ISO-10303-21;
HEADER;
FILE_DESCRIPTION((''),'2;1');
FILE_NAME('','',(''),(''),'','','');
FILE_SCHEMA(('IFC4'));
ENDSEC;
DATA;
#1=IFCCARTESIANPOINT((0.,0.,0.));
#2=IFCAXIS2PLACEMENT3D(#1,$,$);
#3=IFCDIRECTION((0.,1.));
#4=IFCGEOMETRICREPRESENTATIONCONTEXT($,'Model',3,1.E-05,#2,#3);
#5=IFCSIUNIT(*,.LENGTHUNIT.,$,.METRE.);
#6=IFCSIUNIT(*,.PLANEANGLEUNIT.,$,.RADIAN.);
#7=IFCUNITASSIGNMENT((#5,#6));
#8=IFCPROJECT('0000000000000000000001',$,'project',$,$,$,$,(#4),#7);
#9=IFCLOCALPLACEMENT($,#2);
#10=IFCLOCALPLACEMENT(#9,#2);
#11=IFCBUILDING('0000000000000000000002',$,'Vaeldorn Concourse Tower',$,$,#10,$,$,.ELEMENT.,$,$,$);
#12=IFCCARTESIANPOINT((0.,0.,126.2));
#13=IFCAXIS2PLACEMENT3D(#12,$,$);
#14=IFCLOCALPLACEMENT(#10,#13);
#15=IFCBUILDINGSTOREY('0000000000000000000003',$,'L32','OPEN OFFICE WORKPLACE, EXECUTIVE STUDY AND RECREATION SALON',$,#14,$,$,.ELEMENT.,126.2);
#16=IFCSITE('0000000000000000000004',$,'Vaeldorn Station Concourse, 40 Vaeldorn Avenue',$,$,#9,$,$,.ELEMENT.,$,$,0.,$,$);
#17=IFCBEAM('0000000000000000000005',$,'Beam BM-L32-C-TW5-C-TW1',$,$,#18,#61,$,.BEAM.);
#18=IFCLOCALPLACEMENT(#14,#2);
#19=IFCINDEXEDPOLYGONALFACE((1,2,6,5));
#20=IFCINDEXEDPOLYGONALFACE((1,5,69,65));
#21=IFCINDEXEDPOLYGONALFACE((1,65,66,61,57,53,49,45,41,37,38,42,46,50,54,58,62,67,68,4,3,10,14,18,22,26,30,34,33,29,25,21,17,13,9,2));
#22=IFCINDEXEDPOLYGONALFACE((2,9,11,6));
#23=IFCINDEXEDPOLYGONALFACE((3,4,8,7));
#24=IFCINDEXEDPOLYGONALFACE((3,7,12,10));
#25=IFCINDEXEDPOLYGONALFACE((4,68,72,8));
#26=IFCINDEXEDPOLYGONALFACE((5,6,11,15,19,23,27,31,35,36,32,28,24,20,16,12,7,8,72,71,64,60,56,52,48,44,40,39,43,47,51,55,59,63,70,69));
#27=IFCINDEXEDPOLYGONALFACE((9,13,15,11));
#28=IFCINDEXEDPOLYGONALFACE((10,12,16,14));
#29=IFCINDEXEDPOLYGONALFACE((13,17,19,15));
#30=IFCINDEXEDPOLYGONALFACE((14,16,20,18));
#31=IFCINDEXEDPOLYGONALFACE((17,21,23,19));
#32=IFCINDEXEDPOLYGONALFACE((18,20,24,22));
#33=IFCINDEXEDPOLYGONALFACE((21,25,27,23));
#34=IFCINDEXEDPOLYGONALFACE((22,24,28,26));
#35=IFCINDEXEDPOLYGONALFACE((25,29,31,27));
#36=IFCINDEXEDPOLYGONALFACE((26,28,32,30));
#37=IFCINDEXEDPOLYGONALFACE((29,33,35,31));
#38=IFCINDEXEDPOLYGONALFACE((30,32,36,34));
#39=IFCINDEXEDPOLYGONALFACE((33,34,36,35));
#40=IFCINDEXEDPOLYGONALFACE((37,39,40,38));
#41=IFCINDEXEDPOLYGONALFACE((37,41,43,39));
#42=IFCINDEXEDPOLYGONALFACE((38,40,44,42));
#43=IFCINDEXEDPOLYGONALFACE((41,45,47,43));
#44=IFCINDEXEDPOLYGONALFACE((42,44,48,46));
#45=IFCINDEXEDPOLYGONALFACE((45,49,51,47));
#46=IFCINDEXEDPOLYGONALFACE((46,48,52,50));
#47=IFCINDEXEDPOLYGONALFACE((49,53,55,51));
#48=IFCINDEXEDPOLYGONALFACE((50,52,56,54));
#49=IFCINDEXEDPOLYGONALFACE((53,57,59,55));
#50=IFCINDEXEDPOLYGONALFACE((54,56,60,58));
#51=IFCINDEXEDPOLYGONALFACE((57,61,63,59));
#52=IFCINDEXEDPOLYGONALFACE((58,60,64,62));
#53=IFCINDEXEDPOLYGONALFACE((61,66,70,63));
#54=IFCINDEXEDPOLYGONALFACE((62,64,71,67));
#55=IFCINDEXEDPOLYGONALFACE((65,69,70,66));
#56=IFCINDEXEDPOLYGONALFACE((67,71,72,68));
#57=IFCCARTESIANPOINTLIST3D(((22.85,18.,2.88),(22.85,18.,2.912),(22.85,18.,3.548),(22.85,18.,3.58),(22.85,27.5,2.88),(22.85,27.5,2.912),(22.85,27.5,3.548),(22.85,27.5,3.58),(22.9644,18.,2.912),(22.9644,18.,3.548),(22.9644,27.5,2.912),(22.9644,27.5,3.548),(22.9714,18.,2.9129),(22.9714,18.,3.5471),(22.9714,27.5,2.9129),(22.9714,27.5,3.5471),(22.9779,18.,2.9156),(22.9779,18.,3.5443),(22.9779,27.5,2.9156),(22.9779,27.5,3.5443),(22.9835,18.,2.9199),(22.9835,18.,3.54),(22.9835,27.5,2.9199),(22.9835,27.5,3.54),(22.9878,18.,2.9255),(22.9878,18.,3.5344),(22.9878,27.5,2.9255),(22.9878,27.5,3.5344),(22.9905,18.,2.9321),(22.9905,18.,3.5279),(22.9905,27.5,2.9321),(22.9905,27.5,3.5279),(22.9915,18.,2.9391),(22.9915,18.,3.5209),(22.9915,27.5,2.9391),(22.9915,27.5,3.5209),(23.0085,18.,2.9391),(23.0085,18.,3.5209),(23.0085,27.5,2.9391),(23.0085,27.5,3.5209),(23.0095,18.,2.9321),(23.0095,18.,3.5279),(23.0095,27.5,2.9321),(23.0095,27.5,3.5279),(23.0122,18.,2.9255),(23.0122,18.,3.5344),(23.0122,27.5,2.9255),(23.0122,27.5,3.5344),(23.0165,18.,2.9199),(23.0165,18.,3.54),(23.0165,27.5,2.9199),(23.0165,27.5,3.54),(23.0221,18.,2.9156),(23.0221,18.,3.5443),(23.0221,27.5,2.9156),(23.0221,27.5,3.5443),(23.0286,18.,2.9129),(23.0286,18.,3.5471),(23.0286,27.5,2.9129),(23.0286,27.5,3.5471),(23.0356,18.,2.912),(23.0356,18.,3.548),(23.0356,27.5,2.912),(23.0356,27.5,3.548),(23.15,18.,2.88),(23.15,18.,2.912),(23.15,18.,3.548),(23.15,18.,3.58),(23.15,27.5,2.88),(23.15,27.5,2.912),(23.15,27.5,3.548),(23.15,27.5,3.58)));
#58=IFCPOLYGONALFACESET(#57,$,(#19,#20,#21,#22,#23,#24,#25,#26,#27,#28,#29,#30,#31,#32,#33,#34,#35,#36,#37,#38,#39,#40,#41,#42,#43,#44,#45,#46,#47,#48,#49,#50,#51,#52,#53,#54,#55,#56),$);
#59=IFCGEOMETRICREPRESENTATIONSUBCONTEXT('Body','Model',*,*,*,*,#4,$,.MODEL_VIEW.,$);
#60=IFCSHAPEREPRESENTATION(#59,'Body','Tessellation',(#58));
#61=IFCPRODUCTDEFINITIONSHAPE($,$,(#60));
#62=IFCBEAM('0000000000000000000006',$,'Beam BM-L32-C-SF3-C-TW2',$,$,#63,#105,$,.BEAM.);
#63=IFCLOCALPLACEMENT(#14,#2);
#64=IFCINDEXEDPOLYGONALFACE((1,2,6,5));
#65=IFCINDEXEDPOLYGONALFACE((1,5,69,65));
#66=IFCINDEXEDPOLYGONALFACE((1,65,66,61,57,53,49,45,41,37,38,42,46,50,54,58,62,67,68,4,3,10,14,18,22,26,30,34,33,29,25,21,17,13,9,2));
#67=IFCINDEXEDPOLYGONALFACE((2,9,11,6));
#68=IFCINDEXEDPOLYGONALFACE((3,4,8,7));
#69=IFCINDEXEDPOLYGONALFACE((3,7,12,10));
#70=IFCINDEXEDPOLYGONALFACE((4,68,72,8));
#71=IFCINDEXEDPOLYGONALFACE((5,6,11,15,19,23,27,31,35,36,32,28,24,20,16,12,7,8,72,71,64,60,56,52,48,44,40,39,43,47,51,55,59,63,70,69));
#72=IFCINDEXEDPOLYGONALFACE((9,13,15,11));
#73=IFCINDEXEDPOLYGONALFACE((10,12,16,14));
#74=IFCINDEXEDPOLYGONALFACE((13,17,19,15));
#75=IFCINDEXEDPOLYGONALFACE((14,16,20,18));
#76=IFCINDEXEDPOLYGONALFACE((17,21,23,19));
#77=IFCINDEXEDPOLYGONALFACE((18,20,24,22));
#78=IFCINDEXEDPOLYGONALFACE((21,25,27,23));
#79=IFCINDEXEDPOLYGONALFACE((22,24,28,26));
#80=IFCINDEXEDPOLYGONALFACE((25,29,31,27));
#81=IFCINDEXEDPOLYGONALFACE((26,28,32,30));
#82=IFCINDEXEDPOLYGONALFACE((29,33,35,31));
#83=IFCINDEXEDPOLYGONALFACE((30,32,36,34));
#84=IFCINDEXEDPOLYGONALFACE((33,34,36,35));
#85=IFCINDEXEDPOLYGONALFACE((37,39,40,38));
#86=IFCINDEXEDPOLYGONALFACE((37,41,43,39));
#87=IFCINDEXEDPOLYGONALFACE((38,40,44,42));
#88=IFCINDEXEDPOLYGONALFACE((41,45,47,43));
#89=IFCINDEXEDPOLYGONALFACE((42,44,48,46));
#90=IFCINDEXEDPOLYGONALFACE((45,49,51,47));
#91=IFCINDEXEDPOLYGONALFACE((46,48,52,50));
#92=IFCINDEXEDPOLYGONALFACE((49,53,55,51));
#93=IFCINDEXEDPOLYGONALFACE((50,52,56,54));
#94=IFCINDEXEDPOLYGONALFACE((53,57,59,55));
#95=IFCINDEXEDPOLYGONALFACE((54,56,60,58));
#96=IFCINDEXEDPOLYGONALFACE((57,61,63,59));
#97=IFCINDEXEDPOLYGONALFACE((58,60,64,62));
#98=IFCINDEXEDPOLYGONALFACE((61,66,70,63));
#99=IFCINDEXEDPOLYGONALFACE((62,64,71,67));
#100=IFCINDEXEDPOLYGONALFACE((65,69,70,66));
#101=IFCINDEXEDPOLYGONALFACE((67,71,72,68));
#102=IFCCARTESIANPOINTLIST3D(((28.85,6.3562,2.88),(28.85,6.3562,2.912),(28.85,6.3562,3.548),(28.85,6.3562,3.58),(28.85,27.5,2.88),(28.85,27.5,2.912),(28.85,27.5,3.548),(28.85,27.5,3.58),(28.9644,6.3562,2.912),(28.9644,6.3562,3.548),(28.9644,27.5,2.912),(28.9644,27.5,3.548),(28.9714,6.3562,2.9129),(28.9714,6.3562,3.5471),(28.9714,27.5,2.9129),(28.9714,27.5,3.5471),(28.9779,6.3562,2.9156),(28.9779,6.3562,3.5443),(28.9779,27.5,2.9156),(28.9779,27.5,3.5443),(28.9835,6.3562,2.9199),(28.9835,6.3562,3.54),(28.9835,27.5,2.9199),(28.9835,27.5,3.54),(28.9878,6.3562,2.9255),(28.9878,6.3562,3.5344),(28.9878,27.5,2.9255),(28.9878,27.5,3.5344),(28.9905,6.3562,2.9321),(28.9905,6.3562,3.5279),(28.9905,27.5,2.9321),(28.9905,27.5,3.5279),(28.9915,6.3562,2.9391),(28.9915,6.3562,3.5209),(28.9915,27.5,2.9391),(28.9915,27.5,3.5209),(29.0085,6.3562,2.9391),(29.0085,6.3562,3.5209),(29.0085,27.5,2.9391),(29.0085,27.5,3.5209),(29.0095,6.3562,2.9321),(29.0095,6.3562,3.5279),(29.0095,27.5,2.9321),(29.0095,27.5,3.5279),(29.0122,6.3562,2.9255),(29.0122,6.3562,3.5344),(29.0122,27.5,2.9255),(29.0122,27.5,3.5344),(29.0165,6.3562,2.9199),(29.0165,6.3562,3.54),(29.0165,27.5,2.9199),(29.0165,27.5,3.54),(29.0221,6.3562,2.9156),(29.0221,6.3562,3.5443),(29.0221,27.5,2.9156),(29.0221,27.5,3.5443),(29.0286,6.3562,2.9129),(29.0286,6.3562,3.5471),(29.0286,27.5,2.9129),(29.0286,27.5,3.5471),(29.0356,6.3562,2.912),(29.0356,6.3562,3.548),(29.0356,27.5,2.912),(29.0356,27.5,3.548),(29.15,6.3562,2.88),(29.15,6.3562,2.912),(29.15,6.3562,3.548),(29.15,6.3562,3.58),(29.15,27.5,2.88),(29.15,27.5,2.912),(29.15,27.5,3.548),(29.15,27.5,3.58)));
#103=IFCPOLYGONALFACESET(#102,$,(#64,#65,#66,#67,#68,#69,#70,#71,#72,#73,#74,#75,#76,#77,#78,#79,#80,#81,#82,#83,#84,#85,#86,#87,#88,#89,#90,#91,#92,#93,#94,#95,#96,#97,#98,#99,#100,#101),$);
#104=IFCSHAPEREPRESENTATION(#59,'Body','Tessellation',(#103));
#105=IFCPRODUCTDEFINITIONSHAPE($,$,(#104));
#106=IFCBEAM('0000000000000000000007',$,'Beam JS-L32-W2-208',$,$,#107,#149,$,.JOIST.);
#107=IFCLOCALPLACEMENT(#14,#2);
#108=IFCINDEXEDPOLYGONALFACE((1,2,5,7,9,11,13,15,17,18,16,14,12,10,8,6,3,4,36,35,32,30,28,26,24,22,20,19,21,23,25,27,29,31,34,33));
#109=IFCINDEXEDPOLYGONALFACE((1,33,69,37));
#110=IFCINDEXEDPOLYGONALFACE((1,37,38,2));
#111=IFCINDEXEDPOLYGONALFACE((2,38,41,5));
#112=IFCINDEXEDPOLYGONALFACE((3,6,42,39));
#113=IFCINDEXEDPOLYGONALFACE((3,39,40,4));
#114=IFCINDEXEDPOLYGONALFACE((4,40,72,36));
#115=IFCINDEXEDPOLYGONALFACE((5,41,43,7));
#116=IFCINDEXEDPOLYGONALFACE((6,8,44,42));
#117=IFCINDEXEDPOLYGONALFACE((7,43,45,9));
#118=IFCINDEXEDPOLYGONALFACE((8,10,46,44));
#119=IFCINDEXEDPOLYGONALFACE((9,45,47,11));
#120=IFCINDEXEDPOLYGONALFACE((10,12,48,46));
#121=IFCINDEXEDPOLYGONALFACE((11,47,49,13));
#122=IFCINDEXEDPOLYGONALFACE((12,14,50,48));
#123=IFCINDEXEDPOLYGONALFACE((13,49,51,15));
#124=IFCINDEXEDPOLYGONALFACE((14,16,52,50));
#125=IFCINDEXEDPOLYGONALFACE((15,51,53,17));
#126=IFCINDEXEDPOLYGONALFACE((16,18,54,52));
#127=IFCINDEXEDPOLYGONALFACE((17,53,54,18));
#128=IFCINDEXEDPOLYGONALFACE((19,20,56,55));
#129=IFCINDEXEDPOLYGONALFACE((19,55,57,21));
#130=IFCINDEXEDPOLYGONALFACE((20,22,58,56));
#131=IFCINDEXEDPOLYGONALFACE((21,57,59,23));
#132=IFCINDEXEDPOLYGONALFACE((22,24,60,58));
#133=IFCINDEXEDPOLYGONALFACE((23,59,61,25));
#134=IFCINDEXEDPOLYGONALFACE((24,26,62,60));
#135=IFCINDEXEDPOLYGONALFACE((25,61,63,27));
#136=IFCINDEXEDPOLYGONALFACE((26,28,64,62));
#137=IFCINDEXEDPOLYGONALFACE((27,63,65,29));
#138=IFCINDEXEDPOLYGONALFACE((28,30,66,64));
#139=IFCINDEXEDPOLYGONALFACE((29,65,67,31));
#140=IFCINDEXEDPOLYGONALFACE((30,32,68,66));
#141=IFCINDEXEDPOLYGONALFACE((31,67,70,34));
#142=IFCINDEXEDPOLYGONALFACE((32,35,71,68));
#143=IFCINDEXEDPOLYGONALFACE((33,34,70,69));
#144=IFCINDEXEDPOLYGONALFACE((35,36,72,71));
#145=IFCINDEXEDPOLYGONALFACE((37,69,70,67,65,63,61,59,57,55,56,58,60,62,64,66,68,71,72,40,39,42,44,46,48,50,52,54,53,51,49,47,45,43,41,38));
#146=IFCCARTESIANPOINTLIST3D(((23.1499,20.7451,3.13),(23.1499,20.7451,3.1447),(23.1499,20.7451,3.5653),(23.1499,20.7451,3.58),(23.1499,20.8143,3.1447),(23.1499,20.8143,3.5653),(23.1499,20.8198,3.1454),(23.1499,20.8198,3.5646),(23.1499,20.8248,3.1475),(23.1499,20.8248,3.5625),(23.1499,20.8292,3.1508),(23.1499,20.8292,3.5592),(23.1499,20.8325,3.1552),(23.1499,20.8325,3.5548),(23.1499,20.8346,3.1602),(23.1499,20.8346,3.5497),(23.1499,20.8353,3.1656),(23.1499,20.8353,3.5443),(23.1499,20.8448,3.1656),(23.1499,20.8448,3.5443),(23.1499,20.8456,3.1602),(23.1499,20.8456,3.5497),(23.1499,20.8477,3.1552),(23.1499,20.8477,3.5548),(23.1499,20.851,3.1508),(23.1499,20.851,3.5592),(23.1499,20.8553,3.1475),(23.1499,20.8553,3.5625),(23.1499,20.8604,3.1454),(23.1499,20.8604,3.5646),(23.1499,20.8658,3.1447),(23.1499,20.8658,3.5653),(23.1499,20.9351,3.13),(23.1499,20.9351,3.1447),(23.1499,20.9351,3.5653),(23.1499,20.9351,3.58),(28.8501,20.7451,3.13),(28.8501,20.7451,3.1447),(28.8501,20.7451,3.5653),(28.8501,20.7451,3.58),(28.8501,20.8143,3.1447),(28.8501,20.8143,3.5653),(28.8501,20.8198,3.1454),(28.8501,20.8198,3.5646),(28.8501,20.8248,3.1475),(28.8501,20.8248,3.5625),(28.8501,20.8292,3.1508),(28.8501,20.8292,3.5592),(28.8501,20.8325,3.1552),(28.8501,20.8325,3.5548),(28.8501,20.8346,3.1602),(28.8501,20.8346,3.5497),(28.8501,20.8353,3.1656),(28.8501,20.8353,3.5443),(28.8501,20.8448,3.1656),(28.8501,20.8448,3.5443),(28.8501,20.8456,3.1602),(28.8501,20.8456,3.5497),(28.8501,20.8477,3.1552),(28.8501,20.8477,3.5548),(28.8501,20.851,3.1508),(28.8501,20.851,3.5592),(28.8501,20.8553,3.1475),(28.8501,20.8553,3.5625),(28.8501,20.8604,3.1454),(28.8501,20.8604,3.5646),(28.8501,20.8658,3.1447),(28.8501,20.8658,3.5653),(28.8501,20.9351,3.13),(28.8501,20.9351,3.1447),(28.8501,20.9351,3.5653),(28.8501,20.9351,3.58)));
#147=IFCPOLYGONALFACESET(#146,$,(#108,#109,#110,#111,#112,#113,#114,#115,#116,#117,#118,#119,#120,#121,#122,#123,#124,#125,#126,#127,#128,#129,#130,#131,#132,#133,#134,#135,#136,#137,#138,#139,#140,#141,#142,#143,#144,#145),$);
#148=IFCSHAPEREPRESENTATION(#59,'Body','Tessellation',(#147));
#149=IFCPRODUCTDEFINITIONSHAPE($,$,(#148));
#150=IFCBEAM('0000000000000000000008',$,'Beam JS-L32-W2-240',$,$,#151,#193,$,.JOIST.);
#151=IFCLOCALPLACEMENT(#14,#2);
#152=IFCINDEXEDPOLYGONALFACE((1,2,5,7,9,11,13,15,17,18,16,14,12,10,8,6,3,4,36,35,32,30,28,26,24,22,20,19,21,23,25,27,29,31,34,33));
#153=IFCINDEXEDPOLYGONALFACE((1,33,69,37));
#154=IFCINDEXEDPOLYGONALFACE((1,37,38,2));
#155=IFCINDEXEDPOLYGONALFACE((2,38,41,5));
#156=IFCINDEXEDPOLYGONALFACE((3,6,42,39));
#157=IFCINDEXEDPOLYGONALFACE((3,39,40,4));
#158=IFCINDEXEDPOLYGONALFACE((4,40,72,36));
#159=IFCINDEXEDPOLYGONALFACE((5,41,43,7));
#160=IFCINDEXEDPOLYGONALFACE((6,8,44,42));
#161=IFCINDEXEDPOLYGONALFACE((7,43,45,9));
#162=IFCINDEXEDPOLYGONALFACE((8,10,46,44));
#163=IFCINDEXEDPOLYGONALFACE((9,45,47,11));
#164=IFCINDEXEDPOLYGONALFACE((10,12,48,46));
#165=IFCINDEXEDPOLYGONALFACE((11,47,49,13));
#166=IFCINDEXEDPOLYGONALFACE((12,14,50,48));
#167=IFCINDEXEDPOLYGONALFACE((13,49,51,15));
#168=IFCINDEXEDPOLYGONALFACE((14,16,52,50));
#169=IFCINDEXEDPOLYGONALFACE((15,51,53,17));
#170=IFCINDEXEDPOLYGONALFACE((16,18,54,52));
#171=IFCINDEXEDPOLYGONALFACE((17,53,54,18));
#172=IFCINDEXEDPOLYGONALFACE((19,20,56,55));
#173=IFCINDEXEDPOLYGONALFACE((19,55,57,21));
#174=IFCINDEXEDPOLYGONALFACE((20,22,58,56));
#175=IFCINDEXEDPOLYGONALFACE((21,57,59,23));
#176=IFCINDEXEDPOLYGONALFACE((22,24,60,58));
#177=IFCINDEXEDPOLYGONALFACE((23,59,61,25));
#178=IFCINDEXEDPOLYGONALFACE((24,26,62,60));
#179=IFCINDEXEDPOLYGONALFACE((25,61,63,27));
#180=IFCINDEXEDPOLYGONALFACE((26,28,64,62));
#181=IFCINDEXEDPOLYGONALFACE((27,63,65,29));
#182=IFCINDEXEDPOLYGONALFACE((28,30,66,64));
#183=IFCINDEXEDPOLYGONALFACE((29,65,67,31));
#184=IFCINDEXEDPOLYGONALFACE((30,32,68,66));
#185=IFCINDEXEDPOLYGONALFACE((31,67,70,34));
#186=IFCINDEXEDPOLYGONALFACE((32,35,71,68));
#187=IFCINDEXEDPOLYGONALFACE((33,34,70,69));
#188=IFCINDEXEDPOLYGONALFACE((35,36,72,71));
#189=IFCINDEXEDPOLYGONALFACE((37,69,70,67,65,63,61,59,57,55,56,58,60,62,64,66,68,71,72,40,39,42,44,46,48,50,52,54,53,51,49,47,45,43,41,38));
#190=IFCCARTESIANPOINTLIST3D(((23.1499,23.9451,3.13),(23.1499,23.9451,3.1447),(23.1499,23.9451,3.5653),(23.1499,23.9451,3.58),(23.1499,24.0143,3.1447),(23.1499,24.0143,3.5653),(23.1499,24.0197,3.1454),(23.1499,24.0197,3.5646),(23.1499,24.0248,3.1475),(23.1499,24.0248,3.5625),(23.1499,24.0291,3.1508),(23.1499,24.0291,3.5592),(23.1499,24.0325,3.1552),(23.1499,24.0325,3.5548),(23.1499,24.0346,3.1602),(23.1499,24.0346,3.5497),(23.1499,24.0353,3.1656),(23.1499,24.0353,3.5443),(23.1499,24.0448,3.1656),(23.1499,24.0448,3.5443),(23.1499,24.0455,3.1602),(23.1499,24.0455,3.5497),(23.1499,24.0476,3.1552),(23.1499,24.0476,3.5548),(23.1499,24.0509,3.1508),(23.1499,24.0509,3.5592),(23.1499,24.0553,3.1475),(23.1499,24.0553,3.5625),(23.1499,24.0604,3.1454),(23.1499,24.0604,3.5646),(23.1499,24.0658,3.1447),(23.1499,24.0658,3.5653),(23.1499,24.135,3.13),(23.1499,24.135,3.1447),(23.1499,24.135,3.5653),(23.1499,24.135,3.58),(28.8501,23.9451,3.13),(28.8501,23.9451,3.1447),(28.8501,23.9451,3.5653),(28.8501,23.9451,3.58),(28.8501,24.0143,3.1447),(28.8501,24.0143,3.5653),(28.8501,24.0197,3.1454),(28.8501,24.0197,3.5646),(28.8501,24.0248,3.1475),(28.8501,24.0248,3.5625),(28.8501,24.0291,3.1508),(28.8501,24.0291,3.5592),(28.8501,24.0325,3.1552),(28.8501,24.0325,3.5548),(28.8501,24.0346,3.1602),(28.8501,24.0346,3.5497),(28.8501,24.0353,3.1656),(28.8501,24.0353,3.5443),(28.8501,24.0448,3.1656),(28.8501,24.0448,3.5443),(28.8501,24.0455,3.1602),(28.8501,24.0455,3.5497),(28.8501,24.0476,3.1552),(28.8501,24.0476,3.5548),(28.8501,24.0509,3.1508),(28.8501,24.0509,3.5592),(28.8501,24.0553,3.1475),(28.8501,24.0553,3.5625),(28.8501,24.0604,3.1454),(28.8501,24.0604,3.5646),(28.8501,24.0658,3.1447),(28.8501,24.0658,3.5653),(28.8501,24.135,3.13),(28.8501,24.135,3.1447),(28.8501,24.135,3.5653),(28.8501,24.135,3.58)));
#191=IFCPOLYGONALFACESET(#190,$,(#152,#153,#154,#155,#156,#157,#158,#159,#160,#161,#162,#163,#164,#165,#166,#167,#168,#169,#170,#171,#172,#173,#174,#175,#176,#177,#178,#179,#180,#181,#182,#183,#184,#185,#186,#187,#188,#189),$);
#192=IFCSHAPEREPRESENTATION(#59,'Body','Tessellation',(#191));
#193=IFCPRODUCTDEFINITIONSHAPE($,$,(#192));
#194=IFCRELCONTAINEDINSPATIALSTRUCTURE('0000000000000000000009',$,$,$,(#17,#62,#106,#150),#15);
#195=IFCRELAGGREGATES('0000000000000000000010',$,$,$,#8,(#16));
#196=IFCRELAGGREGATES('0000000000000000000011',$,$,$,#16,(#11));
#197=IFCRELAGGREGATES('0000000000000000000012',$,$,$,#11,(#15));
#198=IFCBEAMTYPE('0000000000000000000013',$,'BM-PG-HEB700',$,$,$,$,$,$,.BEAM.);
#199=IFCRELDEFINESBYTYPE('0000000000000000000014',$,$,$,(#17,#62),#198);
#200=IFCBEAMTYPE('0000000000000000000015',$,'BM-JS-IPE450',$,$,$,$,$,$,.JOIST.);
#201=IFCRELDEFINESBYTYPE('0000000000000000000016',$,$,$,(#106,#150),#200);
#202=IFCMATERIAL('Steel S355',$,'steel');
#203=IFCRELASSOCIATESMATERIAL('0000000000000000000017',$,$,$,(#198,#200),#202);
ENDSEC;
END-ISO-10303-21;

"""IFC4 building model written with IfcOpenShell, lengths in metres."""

from ifc_helpers import new_model, si_unit, direction, frame, origin, origin_2d, place, context, subcontext, project, spatial, i_section, extrude, source, transform, mapped, material, material_profile, profile_set, type_object, element, save


model = new_model("IFC4")

# Units and contexts
model_context = context("Model", 3, precision=1e-05, world=origin(), true_north=direction((0.0, 1.0)))
body_context = subcontext(model_context, "Body", "Model", "MODEL_VIEW")
ifc_project = project(units=[si_unit("LENGTHUNIT", "METRE"), si_unit("PLANEANGLEUNIT", "RADIAN")], contexts=[model_context])

# Site, building, storey
site_placement = place(None, origin())
site = spatial("IfcSite", under=ifc_project, at=site_placement, Name="Vaeldorn Station Concourse, 40 Vaeldorn Avenue", CompositionType="ELEMENT", RefElevation=0.0)
building_placement = place(site_placement, origin())
building = spatial("IfcBuilding", under=site, at=building_placement, Name="Vaeldorn Concourse Tower", CompositionType="ELEMENT")
storey_placement = place(building_placement, frame((0.0, 0.0, 126.2)))
storey = spatial("IfcBuildingStorey", under=building, at=storey_placement, Name="L32", Description="OPEN OFFICE WORKPLACE, EXECUTIVE STUDY AND RECREATION SALON", CompositionType="ELEMENT", Elevation=126.2)

# Beams
ifc_material_1 = material(Name="Steel S355", Category="steel")
ifc_material_profile_1 = material_profile(ifc_material_1, i_section(OverallWidth=0.3, OverallDepth=0.7, WebThickness=0.0171, FlangeThickness=0.032, FilletRadius=0.0271, at=origin_2d()), Name="HEB 700")
ifc_profile_set_1 = profile_set([ifc_material_profile_1], Name="Steel S355")
beam_type_1 = type_object("IfcBeamType", Name="BM-PG-HEB700", PredefinedType="BEAM", material=ifc_profile_set_1)
shared_shape_1 = source(origin(), body_context, "Body", "SweptSolid", [
    extrude(i_section(OverallWidth=0.3, OverallDepth=0.7, WebThickness=0.0171, FlangeThickness=0.032, FilletRadius=0.0271, at=origin_2d()), origin(), (0.0, 0.0, 1.0), 9.5),
])
beam_1_placement = place(storey_placement, frame((23.0, 18.0, 3.23), z_axis=(0.0, 1.0, 0.0), x_axis=(-1.0, 0.0, 0.0)))
element("IfcBeam", 1, at=beam_1_placement, inside=storey, type_object=beam_type_1, Name="Beam BM-L32-C-TW5-C-TW1", PredefinedType="BEAM", context=body_context, shape_type="MappedRepresentation", body=[
    mapped(shared_shape_1, transform((0.0, 0.0, 0.0), scale=1.0)),
])
shared_shape_2 = source(origin(), body_context, "Body", "SweptSolid", [
    extrude(i_section(OverallWidth=0.3, OverallDepth=0.7, WebThickness=0.0171, FlangeThickness=0.032, FilletRadius=0.0271, at=origin_2d()), origin(), (0.0, 0.0, 1.0), 21.1438),
])
beam_2_placement = place(storey_placement, frame((29.0, 6.3562, 3.23), z_axis=(0.0, 1.0, 0.0), x_axis=(-1.0, 0.0, 0.0)))
element("IfcBeam", 2, at=beam_2_placement, inside=storey, type_object=beam_type_1, Name="Beam BM-L32-C-SF3-C-TW2", PredefinedType="BEAM", context=body_context, shape_type="MappedRepresentation", body=[
    mapped(shared_shape_2, transform((0.0, 0.0, 0.0), scale=1.0)),
])
ifc_material_profile_2 = material_profile(ifc_material_1, i_section(OverallWidth=0.1899, OverallDepth=0.45, WebThickness=0.0095, FlangeThickness=0.0146, FilletRadius=0.021, at=origin_2d()), Name="IPE 450")
ifc_profile_set_2 = profile_set([ifc_material_profile_2], Name="Steel S355")
beam_type_2 = type_object("IfcBeamType", Name="BM-JS-IPE450", PredefinedType="JOIST", material=ifc_profile_set_2)
shared_shape_3 = source(origin(), body_context, "Body", "SweptSolid", [
    extrude(i_section(OverallWidth=0.1899, OverallDepth=0.45, WebThickness=0.0095, FlangeThickness=0.0146, FilletRadius=0.021, at=origin_2d()), origin(), (0.0, 0.0, 1.0), 5.7002),
])
for number, where, z_axis, x_axis, name in (
    (3, (23.1499, 20.8401, 3.355), (1.0, 0.0, 0.0), (0.0, 1.0, 0.0), "Beam JS-L32-W2-208"),
    (4, (23.1499, 24.04, 3.355), (1.0, 0.0, 0.0), (0.0, 1.0, 0.0), "Beam JS-L32-W2-240"),
):
    element("IfcBeam", number, at=place(storey_placement, frame(where, z_axis=z_axis, x_axis=x_axis)), inside=storey, type_object=beam_type_2, Name=name, PredefinedType="JOIST", context=body_context, shape_type="MappedRepresentation", body=[
        mapped(shared_shape_3, transform((0.0, 0.0, 0.0), scale=1.0)),
    ])

save(model, "model.ifc")
